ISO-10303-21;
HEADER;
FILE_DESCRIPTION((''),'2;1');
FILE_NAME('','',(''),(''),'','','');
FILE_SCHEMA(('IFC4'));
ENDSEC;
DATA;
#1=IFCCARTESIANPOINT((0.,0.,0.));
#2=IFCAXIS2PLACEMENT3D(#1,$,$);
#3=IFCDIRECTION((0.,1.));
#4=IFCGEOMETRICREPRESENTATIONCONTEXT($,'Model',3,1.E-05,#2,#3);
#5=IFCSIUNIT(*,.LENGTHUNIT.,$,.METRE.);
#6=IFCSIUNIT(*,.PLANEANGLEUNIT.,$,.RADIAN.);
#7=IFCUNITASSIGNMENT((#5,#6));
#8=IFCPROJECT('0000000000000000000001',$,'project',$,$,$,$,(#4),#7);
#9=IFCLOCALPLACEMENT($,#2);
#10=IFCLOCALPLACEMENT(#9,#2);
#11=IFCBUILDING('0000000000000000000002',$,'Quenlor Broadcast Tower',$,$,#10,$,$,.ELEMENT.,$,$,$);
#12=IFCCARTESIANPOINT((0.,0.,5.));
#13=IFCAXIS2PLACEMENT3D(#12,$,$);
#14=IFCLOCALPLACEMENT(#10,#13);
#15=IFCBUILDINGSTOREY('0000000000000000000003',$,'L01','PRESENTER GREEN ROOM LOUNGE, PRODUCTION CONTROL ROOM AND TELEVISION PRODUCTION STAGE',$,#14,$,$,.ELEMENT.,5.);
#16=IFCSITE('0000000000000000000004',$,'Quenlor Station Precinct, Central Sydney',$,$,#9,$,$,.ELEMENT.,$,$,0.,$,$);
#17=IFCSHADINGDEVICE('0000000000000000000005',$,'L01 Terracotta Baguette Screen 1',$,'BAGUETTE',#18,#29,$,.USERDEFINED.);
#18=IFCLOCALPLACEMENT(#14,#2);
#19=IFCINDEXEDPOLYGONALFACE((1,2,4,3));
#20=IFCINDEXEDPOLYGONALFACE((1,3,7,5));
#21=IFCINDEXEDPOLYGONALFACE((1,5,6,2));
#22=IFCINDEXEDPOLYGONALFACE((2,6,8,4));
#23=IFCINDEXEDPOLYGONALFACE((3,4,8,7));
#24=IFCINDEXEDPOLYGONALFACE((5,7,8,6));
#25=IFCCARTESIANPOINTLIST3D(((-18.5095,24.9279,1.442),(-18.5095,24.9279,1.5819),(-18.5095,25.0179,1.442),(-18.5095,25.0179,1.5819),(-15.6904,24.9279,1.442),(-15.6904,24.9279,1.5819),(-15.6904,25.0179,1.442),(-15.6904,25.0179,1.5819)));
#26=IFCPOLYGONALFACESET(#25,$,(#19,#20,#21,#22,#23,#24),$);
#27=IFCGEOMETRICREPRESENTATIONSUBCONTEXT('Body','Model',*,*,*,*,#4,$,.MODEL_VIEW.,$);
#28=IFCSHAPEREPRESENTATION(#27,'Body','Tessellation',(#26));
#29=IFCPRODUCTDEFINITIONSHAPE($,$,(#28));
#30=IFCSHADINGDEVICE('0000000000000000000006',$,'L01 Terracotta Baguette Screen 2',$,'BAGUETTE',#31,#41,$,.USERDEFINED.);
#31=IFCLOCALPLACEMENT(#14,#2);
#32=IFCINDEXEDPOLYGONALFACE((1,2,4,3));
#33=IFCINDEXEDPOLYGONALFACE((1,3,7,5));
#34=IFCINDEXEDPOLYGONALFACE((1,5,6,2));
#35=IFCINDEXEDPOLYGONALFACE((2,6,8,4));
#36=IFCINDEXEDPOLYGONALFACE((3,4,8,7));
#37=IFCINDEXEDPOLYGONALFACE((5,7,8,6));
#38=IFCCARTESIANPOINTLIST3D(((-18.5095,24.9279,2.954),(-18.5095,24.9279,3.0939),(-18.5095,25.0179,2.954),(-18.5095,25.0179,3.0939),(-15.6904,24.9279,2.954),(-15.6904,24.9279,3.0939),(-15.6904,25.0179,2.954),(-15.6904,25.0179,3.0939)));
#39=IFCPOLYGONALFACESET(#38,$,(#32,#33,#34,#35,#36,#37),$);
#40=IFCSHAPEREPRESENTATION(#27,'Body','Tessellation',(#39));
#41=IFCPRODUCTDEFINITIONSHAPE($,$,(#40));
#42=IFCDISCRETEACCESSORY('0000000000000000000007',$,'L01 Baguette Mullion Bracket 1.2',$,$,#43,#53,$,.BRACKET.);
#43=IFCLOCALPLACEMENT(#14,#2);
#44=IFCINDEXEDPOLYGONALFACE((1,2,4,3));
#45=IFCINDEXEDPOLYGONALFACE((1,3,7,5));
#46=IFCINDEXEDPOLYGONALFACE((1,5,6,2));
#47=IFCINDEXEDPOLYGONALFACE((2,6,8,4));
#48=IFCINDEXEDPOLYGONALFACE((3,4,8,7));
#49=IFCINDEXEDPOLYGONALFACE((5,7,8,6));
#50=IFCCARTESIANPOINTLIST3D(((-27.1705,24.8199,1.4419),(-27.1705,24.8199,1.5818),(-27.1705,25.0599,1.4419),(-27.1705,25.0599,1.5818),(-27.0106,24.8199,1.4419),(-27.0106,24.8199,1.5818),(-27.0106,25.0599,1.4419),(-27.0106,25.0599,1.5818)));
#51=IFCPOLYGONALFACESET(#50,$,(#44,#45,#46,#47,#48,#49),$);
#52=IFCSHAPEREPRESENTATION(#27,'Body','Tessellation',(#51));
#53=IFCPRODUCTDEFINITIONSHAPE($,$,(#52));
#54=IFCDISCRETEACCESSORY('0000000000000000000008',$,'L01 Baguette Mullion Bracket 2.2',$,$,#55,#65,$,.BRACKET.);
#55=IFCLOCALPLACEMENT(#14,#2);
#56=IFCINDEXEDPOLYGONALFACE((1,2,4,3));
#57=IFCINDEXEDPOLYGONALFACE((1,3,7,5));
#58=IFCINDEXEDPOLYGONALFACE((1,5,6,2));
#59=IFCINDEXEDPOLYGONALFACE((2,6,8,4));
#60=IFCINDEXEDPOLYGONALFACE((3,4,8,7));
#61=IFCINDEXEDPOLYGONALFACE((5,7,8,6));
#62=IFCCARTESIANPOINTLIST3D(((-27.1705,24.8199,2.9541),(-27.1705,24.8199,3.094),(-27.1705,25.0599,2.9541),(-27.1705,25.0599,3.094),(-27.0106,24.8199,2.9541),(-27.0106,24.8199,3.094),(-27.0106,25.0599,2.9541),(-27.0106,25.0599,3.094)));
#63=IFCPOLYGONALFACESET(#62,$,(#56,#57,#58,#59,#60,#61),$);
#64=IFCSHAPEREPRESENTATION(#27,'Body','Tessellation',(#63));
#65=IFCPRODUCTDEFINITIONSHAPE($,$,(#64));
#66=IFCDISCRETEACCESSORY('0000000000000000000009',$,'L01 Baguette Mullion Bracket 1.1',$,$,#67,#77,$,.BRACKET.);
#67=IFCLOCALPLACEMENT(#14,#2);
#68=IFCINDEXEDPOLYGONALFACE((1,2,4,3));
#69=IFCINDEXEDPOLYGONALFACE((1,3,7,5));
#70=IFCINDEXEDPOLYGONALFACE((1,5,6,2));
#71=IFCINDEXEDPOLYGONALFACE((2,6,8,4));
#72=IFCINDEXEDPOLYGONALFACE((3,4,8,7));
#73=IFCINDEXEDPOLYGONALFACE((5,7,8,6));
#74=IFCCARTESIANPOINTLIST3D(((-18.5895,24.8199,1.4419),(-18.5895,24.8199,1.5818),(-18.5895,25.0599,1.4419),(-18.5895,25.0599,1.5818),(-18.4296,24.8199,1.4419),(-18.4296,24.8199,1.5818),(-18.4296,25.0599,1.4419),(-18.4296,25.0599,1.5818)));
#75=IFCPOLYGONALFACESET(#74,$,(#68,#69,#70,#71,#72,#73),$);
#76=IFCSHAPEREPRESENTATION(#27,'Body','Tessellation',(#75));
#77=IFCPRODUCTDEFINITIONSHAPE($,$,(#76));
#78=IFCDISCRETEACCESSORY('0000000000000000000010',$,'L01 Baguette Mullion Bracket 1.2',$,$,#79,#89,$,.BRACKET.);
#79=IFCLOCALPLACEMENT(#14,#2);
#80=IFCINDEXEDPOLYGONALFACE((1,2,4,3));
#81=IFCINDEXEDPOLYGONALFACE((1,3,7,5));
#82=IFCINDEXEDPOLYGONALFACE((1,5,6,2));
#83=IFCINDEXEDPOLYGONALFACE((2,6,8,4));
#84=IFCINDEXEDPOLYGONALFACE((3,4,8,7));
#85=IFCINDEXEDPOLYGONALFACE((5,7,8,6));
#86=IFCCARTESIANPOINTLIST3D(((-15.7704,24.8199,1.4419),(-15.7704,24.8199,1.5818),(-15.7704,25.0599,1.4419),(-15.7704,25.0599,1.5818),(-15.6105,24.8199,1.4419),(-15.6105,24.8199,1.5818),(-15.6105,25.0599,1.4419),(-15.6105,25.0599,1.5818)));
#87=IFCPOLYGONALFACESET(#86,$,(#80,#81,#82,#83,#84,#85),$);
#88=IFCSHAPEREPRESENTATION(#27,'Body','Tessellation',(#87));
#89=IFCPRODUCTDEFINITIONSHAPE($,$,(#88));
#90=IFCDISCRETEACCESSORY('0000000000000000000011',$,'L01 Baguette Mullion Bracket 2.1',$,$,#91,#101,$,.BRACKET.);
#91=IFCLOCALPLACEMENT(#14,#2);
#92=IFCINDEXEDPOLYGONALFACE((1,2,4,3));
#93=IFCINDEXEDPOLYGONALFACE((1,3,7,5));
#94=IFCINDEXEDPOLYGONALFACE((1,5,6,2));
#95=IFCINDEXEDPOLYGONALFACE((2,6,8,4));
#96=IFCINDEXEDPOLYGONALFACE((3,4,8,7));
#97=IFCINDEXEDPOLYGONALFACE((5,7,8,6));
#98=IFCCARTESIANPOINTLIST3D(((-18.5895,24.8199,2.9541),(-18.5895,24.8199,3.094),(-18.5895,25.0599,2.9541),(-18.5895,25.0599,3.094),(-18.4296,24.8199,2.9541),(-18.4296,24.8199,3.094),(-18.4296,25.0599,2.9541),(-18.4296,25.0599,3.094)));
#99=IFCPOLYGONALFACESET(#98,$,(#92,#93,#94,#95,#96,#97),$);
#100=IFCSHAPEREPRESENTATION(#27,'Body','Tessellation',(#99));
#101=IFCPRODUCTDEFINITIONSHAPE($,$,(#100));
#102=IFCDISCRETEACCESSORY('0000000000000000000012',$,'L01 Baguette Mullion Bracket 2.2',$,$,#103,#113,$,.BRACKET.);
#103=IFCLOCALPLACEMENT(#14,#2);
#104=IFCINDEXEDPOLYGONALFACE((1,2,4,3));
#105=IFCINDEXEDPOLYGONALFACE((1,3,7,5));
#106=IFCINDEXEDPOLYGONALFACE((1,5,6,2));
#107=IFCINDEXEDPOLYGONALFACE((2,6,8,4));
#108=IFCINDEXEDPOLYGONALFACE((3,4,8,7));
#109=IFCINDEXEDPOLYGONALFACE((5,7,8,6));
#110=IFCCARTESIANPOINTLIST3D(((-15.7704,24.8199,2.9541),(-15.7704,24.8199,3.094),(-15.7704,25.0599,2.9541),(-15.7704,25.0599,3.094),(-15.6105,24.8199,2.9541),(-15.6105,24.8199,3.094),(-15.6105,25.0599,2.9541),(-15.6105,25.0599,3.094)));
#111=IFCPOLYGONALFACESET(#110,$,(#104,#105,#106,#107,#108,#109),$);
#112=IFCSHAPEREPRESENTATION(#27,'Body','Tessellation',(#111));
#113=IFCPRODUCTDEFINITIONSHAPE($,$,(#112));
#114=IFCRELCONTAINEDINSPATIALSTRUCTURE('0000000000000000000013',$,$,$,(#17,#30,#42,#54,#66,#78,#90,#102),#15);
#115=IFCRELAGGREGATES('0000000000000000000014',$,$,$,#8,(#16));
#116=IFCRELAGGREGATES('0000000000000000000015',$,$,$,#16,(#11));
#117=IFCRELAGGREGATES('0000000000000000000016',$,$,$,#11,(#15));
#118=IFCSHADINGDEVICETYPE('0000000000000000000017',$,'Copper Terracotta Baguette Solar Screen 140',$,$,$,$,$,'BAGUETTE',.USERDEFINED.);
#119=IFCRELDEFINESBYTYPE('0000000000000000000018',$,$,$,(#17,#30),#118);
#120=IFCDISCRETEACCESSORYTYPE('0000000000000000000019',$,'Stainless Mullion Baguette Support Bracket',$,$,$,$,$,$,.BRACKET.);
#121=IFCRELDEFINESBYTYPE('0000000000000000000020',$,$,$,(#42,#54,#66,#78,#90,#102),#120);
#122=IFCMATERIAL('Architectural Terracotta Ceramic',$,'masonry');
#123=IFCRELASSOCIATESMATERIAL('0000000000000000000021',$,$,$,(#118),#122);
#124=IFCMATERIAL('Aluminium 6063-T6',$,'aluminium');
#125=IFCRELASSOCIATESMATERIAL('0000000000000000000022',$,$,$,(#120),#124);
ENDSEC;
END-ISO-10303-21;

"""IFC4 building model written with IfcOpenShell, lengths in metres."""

from ifc_helpers import new_model, si_unit, direction, frame, origin, origin_2d, place, context, subcontext, project, spatial, rectangle, extrude, material, material_profile, profile_set, type_object, element, save


model = new_model("IFC4")

# Units and contexts
model_context = context("Model", 3, precision=1e-05, world=origin(), true_north=direction((0.0, 1.0)))
body_context = subcontext(model_context, "Body", "Model", "MODEL_VIEW")
ifc_project = project(units=[si_unit("LENGTHUNIT", "METRE"), si_unit("PLANEANGLEUNIT", "RADIAN")], contexts=[model_context])

# Site, building, storey
site_placement = place(None, origin())
site = spatial("IfcSite", under=ifc_project, at=site_placement, Name="Quenlor Station Precinct, Central Sydney", CompositionType="ELEMENT", RefElevation=0.0)
building_placement = place(site_placement, origin())
building = spatial("IfcBuilding", under=site, at=building_placement, Name="Quenlor Broadcast Tower", CompositionType="ELEMENT")
storey_placement = place(building_placement, frame((0.0, 0.0, 5.0)))
storey = spatial("IfcBuildingStorey", under=building, at=storey_placement, Name="L01", Description="PRESENTER GREEN ROOM LOUNGE, PRODUCTION CONTROL ROOM AND TELEVISION PRODUCTION STAGE", CompositionType="ELEMENT", Elevation=5.0)

# Shading devices
ifc_material_1 = material(Name="Architectural Terracotta Ceramic", Category="masonry")
ifc_material_profile_1 = material_profile(ifc_material_1, rectangle(XDim=0.0901, YDim=0.1399, at=origin_2d()))
ifc_profile_set_1 = profile_set([ifc_material_profile_1], Name="Architectural Terracotta Ceramic BAG90x140")
shading_device_type = type_object("IfcShadingDeviceType", Name="Copper Terracotta Baguette Solar Screen 140", ElementType="BAGUETTE", PredefinedType="USERDEFINED", material=ifc_profile_set_1)
for number, where, z_axis, x_axis, name in (
    (1, (-18.5095, 24.9729, 1.512), (1.0, 0.0, 0.0), (0.0, 1.0, 0.0), "L01 Terracotta Baguette Screen 1"),
    (2, (-18.5095, 24.9729, 3.0239), (1.0, 0.0, 0.0), (0.0, 1.0, 0.0), "L01 Terracotta Baguette Screen 2"),
):
    element("IfcShadingDevice", number, at=place(storey_placement, frame(where, z_axis=z_axis, x_axis=x_axis)), inside=storey, type_object=shading_device_type, Name=name, ObjectType="BAGUETTE", PredefinedType="USERDEFINED", context=body_context, shape_type="SweptSolid", body=[
        extrude(rectangle(XDim=0.0901, YDim=0.1399, at=origin_2d()), origin(), (0.0, 0.0, 1.0), 2.8191),
    ])

# Discrete accessories
ifc_material_2 = material(Name="Aluminium 6063-T6", Category="aluminium")
discrete_accessory_type = type_object("IfcDiscreteAccessoryType", Name="Stainless Mullion Baguette Support Bracket", PredefinedType="BRACKET", material=ifc_material_2)
for number, where, z_axis, x_axis, name in (
    (3, (-27.0906, 24.9399, 1.4419), (0.0, 0.0, 1.0), (1.0, 0.0, 0.0), "L01 Baguette Mullion Bracket 1.2"),
    (4, (-27.0906, 24.9399, 2.9541), (0.0, 0.0, 1.0), (1.0, 0.0, 0.0), "L01 Baguette Mullion Bracket 2.2"),
    (5, (-18.5095, 24.9399, 1.4419), (0.0, 0.0, 1.0), (1.0, 0.0, 0.0), "L01 Baguette Mullion Bracket 1.1"),
    (6, (-15.6904, 24.9399, 1.4419), (0.0, 0.0, 1.0), (1.0, 0.0, 0.0), "L01 Baguette Mullion Bracket 1.2"),
    (7, (-18.5095, 24.9399, 2.9541), (0.0, 0.0, 1.0), (1.0, 0.0, 0.0), "L01 Baguette Mullion Bracket 2.1"),
    (8, (-15.6904, 24.9399, 2.9541), (0.0, 0.0, 1.0), (1.0, 0.0, 0.0), "L01 Baguette Mullion Bracket 2.2"),
):
    element("IfcDiscreteAccessory", number, at=place(storey_placement, frame(where, z_axis=z_axis, x_axis=x_axis)), inside=storey, type_object=discrete_accessory_type, Name=name, PredefinedType="BRACKET", context=body_context, shape_type="SweptSolid", body=[
        extrude(rectangle(XDim=0.1599, YDim=0.24, at=origin_2d()), origin(), (0.0, 0.0, 1.0), 0.1399),
    ])

save(model, "model.ifc")
